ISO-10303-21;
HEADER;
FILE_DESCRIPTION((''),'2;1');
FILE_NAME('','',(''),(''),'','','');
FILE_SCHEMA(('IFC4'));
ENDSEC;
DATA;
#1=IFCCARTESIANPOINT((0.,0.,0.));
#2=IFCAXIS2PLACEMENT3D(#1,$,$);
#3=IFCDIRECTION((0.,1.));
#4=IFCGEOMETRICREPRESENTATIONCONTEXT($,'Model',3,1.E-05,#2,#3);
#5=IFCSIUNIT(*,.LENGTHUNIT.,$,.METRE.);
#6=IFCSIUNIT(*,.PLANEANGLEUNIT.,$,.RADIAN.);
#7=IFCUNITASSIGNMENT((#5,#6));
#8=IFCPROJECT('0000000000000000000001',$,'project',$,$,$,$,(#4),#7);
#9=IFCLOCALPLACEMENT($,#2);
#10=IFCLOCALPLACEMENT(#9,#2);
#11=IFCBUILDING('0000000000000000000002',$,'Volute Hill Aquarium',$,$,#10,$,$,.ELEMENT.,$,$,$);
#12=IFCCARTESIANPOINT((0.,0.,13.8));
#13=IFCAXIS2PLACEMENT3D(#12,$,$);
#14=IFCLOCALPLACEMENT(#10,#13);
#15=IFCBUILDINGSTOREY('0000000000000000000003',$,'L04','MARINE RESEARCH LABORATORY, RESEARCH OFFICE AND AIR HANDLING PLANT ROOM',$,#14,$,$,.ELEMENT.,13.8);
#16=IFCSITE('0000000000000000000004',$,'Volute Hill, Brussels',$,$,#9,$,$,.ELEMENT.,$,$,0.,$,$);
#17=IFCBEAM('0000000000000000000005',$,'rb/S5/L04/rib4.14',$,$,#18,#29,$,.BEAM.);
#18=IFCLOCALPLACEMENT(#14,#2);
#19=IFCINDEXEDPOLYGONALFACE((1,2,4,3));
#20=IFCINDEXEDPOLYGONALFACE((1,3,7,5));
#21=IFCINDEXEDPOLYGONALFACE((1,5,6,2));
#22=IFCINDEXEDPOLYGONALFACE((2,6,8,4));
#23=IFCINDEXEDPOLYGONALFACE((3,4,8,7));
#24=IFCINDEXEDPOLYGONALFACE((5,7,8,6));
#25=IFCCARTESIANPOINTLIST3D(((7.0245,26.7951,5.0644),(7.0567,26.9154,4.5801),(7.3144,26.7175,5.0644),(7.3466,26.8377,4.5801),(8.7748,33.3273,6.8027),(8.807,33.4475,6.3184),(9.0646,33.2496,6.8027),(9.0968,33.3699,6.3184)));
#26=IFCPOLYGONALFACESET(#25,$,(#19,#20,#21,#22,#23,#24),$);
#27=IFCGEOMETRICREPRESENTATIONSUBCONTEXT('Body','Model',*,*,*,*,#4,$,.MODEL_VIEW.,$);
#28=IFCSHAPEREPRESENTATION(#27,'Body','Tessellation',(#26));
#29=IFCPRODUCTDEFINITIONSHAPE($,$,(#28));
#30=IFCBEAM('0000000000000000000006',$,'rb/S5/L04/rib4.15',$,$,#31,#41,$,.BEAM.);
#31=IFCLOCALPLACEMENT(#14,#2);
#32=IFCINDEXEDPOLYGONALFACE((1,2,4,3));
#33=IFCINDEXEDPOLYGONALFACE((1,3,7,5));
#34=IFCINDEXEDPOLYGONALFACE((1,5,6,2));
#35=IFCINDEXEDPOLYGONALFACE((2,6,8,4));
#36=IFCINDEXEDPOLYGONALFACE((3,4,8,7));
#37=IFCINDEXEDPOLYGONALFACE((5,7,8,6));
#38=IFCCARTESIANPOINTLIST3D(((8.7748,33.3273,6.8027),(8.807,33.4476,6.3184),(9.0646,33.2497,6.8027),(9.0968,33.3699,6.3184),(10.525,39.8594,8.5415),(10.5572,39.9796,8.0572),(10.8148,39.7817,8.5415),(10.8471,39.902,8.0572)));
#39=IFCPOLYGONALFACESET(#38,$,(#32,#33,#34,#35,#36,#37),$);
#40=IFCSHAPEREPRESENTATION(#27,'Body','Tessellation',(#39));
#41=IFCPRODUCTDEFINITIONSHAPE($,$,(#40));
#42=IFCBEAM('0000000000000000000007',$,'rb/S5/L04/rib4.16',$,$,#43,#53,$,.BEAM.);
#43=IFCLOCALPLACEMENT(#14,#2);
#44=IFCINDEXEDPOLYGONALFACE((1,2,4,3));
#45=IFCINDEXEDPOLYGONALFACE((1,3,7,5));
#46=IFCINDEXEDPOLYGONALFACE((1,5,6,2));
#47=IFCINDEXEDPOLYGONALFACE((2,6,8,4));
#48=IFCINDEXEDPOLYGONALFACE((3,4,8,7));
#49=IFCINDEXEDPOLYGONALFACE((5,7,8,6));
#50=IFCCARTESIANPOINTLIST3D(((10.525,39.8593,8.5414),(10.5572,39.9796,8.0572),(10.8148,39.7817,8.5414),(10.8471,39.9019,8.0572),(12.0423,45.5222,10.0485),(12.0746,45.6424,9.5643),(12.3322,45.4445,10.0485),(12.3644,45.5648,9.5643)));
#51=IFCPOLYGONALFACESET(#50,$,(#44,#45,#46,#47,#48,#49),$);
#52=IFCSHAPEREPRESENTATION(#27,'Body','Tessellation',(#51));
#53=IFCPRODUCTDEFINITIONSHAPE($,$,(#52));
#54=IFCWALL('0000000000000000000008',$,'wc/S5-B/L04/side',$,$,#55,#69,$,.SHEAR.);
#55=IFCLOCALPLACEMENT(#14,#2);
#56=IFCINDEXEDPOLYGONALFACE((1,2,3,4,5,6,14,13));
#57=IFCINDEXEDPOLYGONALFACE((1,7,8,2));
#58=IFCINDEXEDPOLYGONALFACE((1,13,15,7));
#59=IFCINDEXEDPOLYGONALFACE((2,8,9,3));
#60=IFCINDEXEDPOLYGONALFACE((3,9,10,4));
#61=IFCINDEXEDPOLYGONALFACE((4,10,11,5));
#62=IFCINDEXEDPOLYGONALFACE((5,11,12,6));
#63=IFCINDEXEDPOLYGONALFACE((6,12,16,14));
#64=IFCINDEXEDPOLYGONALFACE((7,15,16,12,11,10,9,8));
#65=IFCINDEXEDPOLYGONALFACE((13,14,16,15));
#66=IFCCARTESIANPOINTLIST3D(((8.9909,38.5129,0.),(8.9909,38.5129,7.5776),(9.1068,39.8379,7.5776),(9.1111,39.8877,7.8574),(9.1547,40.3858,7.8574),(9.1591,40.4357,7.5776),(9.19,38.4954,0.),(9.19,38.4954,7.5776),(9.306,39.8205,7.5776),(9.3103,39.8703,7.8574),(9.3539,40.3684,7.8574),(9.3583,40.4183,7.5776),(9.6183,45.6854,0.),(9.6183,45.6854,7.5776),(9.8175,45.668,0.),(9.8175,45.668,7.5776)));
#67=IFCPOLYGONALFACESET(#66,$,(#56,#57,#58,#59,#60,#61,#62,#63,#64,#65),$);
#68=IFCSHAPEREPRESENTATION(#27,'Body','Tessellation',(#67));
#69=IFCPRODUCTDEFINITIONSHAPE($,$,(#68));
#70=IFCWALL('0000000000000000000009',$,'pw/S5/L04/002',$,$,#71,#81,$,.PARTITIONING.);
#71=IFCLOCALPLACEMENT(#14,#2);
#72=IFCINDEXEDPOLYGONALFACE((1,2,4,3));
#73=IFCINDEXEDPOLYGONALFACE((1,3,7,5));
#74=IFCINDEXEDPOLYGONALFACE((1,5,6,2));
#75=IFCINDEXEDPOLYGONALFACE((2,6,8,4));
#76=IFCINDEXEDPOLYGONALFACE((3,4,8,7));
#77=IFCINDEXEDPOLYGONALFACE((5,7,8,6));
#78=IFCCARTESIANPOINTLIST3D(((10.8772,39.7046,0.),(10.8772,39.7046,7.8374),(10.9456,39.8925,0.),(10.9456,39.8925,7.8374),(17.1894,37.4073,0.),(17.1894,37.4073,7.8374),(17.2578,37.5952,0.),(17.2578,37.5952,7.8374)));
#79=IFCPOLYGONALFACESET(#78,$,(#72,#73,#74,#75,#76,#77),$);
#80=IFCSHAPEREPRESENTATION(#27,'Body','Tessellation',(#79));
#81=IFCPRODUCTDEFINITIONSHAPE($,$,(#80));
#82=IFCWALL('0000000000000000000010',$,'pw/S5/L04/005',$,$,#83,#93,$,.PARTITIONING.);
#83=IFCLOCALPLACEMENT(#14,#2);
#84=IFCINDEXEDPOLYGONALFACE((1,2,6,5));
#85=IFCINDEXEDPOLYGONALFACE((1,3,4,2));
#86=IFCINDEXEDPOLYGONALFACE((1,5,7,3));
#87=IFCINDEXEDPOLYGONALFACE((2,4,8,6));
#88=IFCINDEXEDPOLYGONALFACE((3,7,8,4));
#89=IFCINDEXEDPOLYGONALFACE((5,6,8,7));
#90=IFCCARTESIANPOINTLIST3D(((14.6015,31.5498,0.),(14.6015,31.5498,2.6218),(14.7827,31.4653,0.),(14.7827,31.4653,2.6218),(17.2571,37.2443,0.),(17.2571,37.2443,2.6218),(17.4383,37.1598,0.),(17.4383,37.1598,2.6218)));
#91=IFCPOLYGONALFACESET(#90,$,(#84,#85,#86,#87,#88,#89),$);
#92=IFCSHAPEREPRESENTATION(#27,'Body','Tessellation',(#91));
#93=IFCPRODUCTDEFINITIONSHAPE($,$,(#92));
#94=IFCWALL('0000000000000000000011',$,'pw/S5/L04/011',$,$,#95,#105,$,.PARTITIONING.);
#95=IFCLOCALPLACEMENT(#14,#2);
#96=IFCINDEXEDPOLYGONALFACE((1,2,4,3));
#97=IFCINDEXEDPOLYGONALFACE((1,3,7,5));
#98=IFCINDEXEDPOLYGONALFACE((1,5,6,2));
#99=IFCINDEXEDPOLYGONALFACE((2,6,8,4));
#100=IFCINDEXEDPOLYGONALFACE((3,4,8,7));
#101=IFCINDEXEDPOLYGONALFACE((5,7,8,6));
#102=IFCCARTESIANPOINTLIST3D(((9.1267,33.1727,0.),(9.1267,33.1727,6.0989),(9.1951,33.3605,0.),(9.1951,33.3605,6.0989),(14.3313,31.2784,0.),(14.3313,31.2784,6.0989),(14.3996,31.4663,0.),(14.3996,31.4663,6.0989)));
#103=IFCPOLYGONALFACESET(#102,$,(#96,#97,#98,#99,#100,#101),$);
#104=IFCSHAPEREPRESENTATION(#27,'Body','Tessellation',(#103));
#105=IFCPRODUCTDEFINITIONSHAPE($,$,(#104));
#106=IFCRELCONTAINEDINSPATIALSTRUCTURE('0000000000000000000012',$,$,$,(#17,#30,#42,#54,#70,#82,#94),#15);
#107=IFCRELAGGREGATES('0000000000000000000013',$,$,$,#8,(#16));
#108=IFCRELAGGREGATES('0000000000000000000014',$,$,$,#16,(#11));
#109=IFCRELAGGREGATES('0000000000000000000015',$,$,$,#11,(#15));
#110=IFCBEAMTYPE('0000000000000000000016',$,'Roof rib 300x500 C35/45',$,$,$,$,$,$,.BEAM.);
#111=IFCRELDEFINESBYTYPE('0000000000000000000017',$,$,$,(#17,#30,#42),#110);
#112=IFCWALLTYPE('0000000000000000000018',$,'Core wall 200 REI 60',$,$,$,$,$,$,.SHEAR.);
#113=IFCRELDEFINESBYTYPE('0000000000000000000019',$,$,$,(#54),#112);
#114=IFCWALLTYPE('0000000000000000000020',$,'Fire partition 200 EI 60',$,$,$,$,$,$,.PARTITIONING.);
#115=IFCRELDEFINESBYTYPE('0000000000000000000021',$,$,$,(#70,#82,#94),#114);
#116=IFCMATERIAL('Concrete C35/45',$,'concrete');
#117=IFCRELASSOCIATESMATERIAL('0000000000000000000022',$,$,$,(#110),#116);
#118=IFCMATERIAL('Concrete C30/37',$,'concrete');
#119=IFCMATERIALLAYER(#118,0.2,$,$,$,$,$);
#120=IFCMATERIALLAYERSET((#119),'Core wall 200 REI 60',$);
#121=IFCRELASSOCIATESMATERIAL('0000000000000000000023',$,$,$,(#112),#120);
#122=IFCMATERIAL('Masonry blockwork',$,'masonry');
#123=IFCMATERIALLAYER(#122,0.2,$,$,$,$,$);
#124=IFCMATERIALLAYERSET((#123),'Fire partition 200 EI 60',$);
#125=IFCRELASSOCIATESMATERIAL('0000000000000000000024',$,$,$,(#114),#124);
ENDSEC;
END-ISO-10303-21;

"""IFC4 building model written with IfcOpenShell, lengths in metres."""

from ifc_helpers import new_model, si_unit, direction, frame, frame_2d, origin, origin_2d, place, context, subcontext, project, spatial, polyline, rectangle, outline, extrude, material, layer, layer_set, material_profile, profile_set, type_object, element, save


model = new_model("IFC4")

# Units and contexts
model_context = context("Model", 3, precision=1e-05, world=origin(), true_north=direction((0.0, 1.0)))
body_context = subcontext(model_context, "Body", "Model", "MODEL_VIEW")
ifc_project = project(units=[si_unit("LENGTHUNIT", "METRE"), si_unit("PLANEANGLEUNIT", "RADIAN")], contexts=[model_context])

# Site, building, storey
site_placement = place(None, origin())
site = spatial("IfcSite", under=ifc_project, at=site_placement, Name="Volute Hill, Brussels", CompositionType="ELEMENT", RefElevation=0.0)
building_placement = place(site_placement, origin())
building = spatial("IfcBuilding", under=site, at=building_placement, Name="Volute Hill Aquarium", CompositionType="ELEMENT")
storey_placement = place(building_placement, frame((0.0, 0.0, 13.8)))
storey = spatial("IfcBuildingStorey", under=building, at=storey_placement, Name="L04", Description="MARINE RESEARCH LABORATORY, RESEARCH OFFICE AND AIR HANDLING PLANT ROOM", CompositionType="ELEMENT", Elevation=13.8)

# Beams
ifc_material_1 = material(Name="Concrete C35/45", Category="concrete")
ifc_material_profile_1 = material_profile(ifc_material_1, rectangle(XDim=0.3, YDim=0.5, at=origin_2d()), Name="RC rib 300x500")
ifc_profile_set_1 = profile_set([ifc_material_profile_1], Name="Concrete C35/45")
beam_type_1 = type_object("IfcBeamType", Name="Roof rib 300x500 C35/45", PredefinedType="BEAM", material=ifc_profile_set_1)
for number, where, z_axis, x_axis, name in (
    (1, (7.1855, 26.8164, 4.8223), (0.250662, 0.935517, 0.248949), (-0.965928, 0.258811, 0.0), "rb/S5/L04/rib4.14"),
    (2, (8.9358, 33.3486, 6.5605), (0.250666, 0.935497, 0.249023), (-0.965926, 0.25882, 0.0), "rb/S5/L04/rib4.15"),
):
    element("IfcBeam", number, at=place(storey_placement, frame(where, z_axis=z_axis, x_axis=x_axis)), inside=storey, type_object=beam_type_1, Name=name, PredefinedType="BEAM", context=body_context, shape_type="SweptSolid", body=[
        extrude(rectangle(XDim=0.3, YDim=0.5, at=origin_2d()), origin(), (0.0, 0.0, 1.0), 6.9824),
    ])
beam_1_placement = place(storey_placement, frame((10.686, 39.8806, 8.2993), z_axis=(0.250666, 0.93551, 0.248972), x_axis=(-0.965927, 0.258816, 0.0)))
element("IfcBeam", 3, at=beam_1_placement, inside=storey, type_object=beam_type_1, Name="rb/S5/L04/rib4.16", PredefinedType="BEAM", context=body_context, shape_type="SweptSolid", body=[
    extrude(rectangle(XDim=0.3, YDim=0.5, at=origin_2d()), origin(), (0.0, 0.0, 1.0), 6.0532),
])

# Walls
ifc_material_2 = material(Name="Concrete C30/37", Category="concrete")
ifc_layer_1 = layer(ifc_material_2, 0.2)
ifc_layer_set_1 = layer_set([ifc_layer_1], Name="Core wall 200 REI 60")
wall_type_1 = type_object("IfcWallType", Name="Core wall 200 REI 60", PredefinedType="SHEAR", material=ifc_layer_set_1)
wall_1_placement = place(storey_placement, frame((9.0906, 38.5042, 0.0), z_axis=(0.0, 0.0, 1.0), x_axis=(0.087145, 0.996196, 0.0)))
element("IfcWall", 4, at=wall_1_placement, inside=storey, type_object=wall_type_1, Name="wc/S5-B/L04/side", PredefinedType="SHEAR", context=body_context, shape_type="SweptSolid", body=[
    extrude(outline(polyline([(0.0, 0.0), (7.2, 0.0), (7.2, 7.5776), (1.9302, 7.5776), (1.8801, 7.8574), (1.3801, 7.8574), (1.3301, 7.5776), (0.0, 7.5776), (0.0, 0.0)])), frame((0.0, 0.1001, 0.0), z_axis=(0.0, -1.0, 0.0), x_axis=(1.0, 0.0, 0.0)), (0.0, 0.0, 1.0), 0.2),
])
ifc_material_3 = material(Name="Masonry blockwork", Category="masonry")
ifc_layer_2 = layer(ifc_material_3, 0.2)
ifc_layer_set_2 = layer_set([ifc_layer_2], Name="Fire partition 200 EI 60")
wall_type_2 = type_object("IfcWallType", Name="Fire partition 200 EI 60", PredefinedType="PARTITIONING", material=ifc_layer_set_2)
wall_2_placement = place(storey_placement, frame((10.9114, 39.7986, 0.0), z_axis=(0.0, 0.0, 1.0), x_axis=(0.939698, -0.342006, 0.0)))
element("IfcWall", 5, at=wall_2_placement, inside=storey, type_object=wall_type_2, Name="pw/S5/L04/002", PredefinedType="PARTITIONING", context=body_context, shape_type="SweptSolid", body=[
    extrude(rectangle(XDim=6.7173, YDim=0.2, at=frame_2d((3.3586, 0.0))), origin(), (0.0, 0.0, 1.0), 7.8374),
])
wall_3_placement = place(storey_placement, frame((14.6921, 31.5076, 0.0), z_axis=(0.0, 0.0, 1.0), x_axis=(0.422645, 0.906295, 0.0)))
element("IfcWall", 6, at=wall_3_placement, inside=storey, type_object=wall_type_2, Name="pw/S5/L04/005", PredefinedType="PARTITIONING", context=body_context, shape_type="SweptSolid", body=[
    extrude(rectangle(XDim=6.2832, YDim=0.2, at=frame_2d((3.1416, 0.0))), origin(), (0.0, 0.0, 1.0), 2.6218),
])
wall_4_placement = place(storey_placement, frame((9.1609, 33.2666, 0.0), z_axis=(0.0, 0.0, 1.0), x_axis=(0.939694, -0.342016, 0.0)))
element("IfcWall", 7, at=wall_4_placement, inside=storey, type_object=wall_type_2, Name="pw/S5/L04/011", PredefinedType="PARTITIONING", context=body_context, shape_type="SweptSolid", body=[
    extrude(rectangle(XDim=5.5386, YDim=0.2, at=frame_2d((2.7693, 0.0))), origin(), (0.0, 0.0, 1.0), 6.0989),
])

save(model, "model.ifc")
